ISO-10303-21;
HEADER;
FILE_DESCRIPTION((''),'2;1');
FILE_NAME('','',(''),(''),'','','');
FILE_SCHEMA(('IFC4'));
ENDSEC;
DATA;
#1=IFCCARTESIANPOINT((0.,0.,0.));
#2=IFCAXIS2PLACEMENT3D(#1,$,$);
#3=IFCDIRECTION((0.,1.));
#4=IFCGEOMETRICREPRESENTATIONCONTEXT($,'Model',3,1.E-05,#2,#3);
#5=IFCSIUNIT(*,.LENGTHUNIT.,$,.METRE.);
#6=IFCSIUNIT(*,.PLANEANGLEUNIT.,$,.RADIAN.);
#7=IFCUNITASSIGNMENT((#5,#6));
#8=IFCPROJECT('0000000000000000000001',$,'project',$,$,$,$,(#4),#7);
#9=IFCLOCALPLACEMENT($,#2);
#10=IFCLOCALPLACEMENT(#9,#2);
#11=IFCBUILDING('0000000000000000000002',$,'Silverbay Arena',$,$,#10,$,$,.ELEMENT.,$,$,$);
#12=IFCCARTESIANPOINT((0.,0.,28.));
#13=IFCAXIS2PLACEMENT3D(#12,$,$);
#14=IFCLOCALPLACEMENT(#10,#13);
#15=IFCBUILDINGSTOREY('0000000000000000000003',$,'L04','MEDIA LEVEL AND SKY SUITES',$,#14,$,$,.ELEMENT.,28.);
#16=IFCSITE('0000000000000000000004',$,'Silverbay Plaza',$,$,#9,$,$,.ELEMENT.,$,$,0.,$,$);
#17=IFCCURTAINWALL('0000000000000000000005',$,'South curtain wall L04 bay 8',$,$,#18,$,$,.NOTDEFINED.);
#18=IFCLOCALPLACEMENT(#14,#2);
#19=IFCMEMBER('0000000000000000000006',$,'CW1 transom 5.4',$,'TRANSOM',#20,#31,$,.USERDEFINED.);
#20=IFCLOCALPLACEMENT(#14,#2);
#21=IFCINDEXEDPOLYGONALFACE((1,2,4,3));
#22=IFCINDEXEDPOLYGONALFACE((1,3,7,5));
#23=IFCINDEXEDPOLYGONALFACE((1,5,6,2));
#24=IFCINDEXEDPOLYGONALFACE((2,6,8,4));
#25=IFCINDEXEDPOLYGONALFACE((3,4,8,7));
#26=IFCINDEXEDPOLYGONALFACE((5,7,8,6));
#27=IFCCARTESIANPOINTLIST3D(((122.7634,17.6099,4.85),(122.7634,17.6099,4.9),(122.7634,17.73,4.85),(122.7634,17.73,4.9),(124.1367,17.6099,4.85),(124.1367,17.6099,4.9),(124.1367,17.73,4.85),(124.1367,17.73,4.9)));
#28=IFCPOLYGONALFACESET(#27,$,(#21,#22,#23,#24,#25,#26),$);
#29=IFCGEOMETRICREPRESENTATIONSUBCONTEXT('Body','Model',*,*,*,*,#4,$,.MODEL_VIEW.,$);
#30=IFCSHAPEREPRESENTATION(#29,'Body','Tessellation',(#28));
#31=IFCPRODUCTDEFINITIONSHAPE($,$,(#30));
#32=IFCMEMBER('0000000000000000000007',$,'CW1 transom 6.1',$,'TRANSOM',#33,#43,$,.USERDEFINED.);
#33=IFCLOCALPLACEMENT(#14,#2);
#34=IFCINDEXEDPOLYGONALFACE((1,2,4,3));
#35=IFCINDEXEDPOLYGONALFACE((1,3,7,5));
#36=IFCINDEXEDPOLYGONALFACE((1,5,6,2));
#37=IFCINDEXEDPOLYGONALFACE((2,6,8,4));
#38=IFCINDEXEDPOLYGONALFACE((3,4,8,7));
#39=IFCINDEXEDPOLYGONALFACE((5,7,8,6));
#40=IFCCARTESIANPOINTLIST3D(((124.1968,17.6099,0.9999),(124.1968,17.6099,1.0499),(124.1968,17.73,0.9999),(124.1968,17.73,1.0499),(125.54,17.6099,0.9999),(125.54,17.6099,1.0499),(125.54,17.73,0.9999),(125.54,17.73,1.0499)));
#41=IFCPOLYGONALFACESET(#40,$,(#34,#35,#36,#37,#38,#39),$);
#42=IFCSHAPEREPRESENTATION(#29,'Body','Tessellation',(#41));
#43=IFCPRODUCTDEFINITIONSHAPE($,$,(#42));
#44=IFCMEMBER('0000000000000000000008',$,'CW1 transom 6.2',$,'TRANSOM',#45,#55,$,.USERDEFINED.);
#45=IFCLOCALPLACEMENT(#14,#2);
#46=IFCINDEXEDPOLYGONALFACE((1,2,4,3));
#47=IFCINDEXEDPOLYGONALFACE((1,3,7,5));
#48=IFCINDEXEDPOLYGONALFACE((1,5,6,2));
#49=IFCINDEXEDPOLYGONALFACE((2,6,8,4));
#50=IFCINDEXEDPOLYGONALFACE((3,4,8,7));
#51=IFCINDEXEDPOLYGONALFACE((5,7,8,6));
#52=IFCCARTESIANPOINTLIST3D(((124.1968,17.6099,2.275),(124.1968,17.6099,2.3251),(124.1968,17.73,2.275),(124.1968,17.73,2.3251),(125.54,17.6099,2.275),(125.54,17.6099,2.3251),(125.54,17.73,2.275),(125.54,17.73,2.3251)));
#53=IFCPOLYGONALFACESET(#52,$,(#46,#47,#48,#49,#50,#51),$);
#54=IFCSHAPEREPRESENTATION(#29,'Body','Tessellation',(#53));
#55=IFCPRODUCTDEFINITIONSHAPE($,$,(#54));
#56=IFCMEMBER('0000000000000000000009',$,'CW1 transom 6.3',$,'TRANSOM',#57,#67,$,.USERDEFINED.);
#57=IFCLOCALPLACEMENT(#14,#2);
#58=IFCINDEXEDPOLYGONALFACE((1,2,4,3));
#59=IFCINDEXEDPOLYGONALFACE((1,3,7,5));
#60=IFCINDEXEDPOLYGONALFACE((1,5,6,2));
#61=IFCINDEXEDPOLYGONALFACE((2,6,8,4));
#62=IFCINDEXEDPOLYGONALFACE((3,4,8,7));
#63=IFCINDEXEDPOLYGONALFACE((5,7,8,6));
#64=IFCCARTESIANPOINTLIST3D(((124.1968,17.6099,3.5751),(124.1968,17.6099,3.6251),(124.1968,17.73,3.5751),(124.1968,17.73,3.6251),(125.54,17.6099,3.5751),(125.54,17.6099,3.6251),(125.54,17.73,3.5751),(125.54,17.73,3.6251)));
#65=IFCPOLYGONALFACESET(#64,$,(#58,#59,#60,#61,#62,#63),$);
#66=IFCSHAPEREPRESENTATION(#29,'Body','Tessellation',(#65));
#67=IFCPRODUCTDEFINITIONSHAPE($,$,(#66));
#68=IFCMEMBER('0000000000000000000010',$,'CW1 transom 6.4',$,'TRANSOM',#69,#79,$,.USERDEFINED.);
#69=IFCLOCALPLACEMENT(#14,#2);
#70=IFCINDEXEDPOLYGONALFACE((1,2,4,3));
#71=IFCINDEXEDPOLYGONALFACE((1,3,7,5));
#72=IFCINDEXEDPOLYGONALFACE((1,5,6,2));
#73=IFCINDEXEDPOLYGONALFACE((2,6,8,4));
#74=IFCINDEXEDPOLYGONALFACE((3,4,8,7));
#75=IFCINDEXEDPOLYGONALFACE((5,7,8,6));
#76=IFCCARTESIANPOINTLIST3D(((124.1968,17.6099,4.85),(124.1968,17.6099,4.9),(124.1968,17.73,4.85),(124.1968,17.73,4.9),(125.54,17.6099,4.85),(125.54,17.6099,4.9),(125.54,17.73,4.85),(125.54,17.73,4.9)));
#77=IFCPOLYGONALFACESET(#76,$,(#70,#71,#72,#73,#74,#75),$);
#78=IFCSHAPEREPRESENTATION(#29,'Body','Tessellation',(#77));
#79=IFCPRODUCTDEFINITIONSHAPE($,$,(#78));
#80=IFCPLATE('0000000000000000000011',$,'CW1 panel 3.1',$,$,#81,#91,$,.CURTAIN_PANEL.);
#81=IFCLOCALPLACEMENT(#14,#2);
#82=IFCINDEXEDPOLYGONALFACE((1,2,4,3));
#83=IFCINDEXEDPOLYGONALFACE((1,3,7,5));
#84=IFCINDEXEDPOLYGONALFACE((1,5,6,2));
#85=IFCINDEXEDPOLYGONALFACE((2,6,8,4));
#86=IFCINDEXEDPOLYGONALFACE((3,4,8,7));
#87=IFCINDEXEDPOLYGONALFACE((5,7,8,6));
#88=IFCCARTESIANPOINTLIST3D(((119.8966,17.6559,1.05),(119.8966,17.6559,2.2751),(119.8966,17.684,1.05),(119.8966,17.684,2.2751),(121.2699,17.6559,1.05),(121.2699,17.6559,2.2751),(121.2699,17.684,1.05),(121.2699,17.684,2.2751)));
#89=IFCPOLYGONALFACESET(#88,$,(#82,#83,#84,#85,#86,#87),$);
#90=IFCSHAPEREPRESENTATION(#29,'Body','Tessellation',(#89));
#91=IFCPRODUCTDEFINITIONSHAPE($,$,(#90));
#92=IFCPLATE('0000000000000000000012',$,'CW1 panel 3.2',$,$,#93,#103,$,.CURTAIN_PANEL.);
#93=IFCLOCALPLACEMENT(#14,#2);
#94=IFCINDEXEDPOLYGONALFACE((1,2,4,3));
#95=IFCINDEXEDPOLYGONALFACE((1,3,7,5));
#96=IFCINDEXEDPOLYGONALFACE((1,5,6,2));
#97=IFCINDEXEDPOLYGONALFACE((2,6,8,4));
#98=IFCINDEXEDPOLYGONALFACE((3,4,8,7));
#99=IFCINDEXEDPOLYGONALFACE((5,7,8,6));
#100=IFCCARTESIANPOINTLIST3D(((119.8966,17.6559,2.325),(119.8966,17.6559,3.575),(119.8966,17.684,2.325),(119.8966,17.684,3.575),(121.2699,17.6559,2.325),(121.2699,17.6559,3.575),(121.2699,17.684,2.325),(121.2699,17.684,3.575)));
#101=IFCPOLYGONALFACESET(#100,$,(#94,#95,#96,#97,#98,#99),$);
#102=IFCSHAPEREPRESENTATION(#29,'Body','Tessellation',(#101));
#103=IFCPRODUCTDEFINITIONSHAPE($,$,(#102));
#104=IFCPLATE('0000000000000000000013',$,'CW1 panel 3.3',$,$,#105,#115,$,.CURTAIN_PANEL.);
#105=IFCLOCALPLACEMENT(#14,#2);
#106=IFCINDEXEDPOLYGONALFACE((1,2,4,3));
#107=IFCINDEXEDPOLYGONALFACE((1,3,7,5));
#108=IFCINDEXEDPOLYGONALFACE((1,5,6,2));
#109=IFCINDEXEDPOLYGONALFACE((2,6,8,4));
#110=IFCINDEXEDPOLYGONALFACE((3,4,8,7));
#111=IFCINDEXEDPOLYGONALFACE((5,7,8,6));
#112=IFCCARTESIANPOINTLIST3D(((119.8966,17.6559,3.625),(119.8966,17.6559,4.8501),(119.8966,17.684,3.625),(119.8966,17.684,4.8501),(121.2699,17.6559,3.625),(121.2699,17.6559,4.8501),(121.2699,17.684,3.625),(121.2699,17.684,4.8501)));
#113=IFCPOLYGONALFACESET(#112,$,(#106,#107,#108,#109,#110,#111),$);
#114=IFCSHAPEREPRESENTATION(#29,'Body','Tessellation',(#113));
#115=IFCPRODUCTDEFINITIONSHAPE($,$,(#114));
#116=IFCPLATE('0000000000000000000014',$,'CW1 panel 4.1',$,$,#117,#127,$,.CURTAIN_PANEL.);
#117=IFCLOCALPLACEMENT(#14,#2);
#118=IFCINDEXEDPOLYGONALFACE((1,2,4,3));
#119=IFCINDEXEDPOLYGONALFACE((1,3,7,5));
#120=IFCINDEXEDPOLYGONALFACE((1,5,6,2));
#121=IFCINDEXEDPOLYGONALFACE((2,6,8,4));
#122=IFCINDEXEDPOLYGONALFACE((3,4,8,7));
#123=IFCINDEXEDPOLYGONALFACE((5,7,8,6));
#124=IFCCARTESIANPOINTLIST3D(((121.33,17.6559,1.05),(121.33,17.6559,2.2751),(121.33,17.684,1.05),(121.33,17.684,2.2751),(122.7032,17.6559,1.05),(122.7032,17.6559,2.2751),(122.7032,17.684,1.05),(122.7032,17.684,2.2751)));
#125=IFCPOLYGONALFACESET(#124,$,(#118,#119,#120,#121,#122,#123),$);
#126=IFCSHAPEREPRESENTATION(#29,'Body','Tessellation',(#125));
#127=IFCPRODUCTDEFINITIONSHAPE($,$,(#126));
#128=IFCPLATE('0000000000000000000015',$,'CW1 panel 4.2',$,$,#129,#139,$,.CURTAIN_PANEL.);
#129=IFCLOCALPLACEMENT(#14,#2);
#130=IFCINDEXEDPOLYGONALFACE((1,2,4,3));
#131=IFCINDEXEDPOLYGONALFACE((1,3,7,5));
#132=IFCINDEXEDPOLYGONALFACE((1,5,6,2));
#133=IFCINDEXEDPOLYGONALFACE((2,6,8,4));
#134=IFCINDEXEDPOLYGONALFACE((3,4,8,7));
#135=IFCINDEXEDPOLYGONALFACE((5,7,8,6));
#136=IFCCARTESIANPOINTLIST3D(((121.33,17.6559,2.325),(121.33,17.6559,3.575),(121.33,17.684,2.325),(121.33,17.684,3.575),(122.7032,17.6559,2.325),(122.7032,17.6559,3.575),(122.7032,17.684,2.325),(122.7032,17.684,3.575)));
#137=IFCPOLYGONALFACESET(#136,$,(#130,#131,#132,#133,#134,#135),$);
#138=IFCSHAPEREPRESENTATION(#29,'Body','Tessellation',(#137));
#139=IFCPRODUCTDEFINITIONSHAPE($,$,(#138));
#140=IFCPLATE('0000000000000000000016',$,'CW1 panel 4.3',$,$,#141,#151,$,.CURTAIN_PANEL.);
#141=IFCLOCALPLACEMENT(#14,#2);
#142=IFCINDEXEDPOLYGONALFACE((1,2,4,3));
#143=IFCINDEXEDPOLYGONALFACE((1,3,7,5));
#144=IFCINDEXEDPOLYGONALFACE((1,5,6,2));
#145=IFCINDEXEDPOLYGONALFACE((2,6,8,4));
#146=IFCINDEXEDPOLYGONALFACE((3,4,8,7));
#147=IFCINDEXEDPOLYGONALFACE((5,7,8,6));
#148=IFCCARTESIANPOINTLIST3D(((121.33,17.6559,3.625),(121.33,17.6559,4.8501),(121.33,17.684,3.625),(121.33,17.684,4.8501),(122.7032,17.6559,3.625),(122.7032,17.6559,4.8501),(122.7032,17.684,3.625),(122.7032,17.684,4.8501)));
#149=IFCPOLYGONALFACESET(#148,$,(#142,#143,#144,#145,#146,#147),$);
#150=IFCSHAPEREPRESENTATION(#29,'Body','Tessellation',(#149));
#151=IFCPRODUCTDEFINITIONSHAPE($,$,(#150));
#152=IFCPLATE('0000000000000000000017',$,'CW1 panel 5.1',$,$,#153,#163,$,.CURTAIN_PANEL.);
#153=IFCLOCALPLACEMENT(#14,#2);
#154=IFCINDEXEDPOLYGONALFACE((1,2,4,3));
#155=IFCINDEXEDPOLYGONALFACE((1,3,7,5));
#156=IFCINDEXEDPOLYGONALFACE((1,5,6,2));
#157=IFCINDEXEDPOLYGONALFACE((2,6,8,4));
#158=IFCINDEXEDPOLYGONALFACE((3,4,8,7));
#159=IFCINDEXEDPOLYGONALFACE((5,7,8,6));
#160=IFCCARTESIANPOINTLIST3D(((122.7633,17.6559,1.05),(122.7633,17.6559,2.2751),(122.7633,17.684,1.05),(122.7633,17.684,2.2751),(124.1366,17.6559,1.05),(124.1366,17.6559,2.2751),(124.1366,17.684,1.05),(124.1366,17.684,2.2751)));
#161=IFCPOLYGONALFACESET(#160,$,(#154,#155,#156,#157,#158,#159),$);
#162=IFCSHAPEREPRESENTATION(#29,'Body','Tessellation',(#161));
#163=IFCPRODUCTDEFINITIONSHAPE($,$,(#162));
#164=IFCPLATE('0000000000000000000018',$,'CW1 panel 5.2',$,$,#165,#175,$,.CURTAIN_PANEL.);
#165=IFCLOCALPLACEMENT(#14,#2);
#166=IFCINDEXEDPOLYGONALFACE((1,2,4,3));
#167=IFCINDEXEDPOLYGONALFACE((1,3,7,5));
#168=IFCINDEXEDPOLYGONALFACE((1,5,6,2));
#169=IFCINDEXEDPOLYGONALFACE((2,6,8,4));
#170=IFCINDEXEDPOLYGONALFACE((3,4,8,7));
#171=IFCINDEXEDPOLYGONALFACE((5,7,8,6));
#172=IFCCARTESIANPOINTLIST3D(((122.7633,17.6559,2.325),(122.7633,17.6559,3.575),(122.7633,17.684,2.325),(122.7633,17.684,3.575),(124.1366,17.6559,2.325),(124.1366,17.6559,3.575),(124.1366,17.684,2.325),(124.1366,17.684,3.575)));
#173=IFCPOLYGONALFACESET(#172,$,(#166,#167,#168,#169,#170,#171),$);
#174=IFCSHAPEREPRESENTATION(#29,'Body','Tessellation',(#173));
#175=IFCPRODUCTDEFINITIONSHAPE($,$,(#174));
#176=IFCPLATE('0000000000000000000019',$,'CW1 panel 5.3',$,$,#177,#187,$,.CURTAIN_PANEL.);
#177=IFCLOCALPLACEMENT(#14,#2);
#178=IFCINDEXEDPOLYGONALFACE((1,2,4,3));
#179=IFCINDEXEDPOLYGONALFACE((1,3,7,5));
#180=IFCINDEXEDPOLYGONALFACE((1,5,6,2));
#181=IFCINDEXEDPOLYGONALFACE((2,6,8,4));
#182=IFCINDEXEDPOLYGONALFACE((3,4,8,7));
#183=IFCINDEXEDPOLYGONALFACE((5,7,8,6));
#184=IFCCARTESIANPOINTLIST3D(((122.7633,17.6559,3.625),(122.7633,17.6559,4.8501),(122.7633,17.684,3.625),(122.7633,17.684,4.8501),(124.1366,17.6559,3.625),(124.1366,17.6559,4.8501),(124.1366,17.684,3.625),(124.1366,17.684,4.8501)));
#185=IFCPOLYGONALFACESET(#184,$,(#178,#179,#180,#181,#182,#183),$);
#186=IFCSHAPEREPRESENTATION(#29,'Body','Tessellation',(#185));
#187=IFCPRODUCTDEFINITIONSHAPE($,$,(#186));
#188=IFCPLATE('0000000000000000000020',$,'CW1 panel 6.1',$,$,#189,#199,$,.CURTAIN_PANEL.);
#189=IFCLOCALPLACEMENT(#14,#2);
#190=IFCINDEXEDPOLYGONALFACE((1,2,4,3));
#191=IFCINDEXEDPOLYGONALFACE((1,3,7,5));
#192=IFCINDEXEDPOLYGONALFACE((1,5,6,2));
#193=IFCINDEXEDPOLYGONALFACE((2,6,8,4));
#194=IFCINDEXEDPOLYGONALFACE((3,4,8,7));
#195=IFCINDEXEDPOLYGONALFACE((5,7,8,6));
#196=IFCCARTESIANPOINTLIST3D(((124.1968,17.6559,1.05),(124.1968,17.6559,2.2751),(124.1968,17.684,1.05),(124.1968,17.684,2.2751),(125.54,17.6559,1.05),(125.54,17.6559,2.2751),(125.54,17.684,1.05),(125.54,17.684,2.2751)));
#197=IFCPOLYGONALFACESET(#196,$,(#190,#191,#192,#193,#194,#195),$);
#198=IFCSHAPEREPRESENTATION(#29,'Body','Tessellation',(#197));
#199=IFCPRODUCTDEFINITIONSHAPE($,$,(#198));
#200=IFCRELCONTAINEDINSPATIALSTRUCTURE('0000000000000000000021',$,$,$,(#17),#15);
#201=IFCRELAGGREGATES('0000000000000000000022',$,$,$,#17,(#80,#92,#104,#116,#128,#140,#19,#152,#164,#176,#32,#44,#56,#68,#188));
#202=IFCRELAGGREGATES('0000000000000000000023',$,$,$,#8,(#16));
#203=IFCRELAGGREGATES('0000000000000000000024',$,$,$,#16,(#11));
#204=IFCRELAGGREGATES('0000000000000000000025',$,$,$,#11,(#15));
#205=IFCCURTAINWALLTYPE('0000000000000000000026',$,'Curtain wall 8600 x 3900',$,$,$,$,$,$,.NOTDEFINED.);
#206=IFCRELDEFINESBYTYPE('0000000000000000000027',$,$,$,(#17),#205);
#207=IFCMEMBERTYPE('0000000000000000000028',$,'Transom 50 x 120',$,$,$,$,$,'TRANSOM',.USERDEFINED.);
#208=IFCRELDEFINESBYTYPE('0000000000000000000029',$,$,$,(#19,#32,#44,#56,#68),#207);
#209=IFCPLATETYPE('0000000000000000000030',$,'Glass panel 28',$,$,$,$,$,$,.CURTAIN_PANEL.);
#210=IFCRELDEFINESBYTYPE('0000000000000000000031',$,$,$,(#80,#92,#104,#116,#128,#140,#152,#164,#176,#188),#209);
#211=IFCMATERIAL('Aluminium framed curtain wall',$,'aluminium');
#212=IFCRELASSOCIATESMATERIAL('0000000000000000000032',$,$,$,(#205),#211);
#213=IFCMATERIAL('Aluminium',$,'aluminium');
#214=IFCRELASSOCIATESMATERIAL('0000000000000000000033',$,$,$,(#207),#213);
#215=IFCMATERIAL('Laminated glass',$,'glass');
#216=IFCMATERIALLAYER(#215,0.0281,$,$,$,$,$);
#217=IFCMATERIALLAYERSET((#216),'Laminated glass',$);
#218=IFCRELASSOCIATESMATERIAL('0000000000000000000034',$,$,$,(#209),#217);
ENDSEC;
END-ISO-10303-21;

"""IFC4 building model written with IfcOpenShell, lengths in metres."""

from ifc_helpers import new_model, si_unit, direction, frame, origin, origin_2d, place, context, subcontext, project, spatial, rectangle, extrude, material, layer, layer_set, material_profile, profile_set, type_object, element, aggregate, save


model = new_model("IFC4")

# Units and contexts
model_context = context("Model", 3, precision=1e-05, world=origin(), true_north=direction((0.0, 1.0)))
body_context = subcontext(model_context, "Body", "Model", "MODEL_VIEW")
ifc_project = project(units=[si_unit("LENGTHUNIT", "METRE"), si_unit("PLANEANGLEUNIT", "RADIAN")], contexts=[model_context])

# Site, building, storey
site_placement = place(None, origin())
site = spatial("IfcSite", under=ifc_project, at=site_placement, Name="Silverbay Plaza", CompositionType="ELEMENT", RefElevation=0.0)
building_placement = place(site_placement, origin())
building = spatial("IfcBuilding", under=site, at=building_placement, Name="Silverbay Arena", CompositionType="ELEMENT")
storey_placement = place(building_placement, frame((0.0, 0.0, 28.0)))
storey = spatial("IfcBuildingStorey", under=building, at=storey_placement, Name="L04", Description="MEDIA LEVEL AND SKY SUITES", CompositionType="ELEMENT", Elevation=28.0)

# Curtain wall, members, plates
ifc_material_1 = material(Name="Aluminium framed curtain wall", Category="aluminium")
curtain_wall_type = type_object("IfcCurtainWallType", Name="Curtain wall 8600 x 3900", PredefinedType="NOTDEFINED", material=ifc_material_1)
curtain_wall_placement = place(storey_placement, origin())
curtain_wall = element("IfcCurtainWall", 1, at=curtain_wall_placement, inside=storey, type_object=curtain_wall_type, Name="South curtain wall L04 bay 8", PredefinedType="NOTDEFINED")
ifc_material_2 = material(Name="Aluminium", Category="aluminium")
ifc_material_profile_1 = material_profile(ifc_material_2, rectangle(XDim=0.1201, YDim=0.05, at=origin_2d()), Name="Transom 50 x 120")
ifc_profile_set_1 = profile_set([ifc_material_profile_1], Name="Aluminium")
member_type_1 = type_object("IfcMemberType", Name="Transom 50 x 120", ElementType="TRANSOM", PredefinedType="USERDEFINED", material=ifc_profile_set_1)
member_1_placement = place(storey_placement, frame((122.7634, 17.6699, 4.875), z_axis=(1.0, 0.0, 0.0), x_axis=(0.0, 1.0, 0.0)))
member_1 = element("IfcMember", 2, at=member_1_placement, type_object=member_type_1, Name="CW1 transom 5.4", ObjectType="TRANSOM", PredefinedType="USERDEFINED", context=body_context, shape_type="SweptSolid", body=[
    extrude(rectangle(XDim=0.1201, YDim=0.05, at=origin_2d()), origin(), (0.0, 0.0, 1.0), 1.3733),
])
member_2_placement = place(storey_placement, frame((124.1968, 17.6699, 1.0249), z_axis=(1.0, 0.0, 0.0), x_axis=(0.0, 1.0, 0.0)))
member_2 = element("IfcMember", 3, at=member_2_placement, type_object=member_type_1, Name="CW1 transom 6.1", ObjectType="TRANSOM", PredefinedType="USERDEFINED", context=body_context, shape_type="SweptSolid", body=[
    extrude(rectangle(XDim=0.1201, YDim=0.05, at=origin_2d()), origin(), (0.0, 0.0, 1.0), 1.3433),
])
member_3_placement = place(storey_placement, frame((124.1968, 17.6699, 2.3), z_axis=(1.0, 0.0, 0.0), x_axis=(0.0, 1.0, 0.0)))
member_3 = element("IfcMember", 4, at=member_3_placement, type_object=member_type_1, Name="CW1 transom 6.2", ObjectType="TRANSOM", PredefinedType="USERDEFINED", context=body_context, shape_type="SweptSolid", body=[
    extrude(rectangle(XDim=0.1201, YDim=0.05, at=origin_2d()), origin(), (0.0, 0.0, 1.0), 1.3433),
])
member_4_placement = place(storey_placement, frame((124.1968, 17.6699, 3.6001), z_axis=(1.0, 0.0, 0.0), x_axis=(0.0, 1.0, 0.0)))
member_4 = element("IfcMember", 5, at=member_4_placement, type_object=member_type_1, Name="CW1 transom 6.3", ObjectType="TRANSOM", PredefinedType="USERDEFINED", context=body_context, shape_type="SweptSolid", body=[
    extrude(rectangle(XDim=0.1201, YDim=0.05, at=origin_2d()), origin(), (0.0, 0.0, 1.0), 1.3433),
])
member_5_placement = place(storey_placement, frame((124.1968, 17.6699, 4.875), z_axis=(1.0, 0.0, 0.0), x_axis=(0.0, 1.0, 0.0)))
member_5 = element("IfcMember", 6, at=member_5_placement, type_object=member_type_1, Name="CW1 transom 6.4", ObjectType="TRANSOM", PredefinedType="USERDEFINED", context=body_context, shape_type="SweptSolid", body=[
    extrude(rectangle(XDim=0.1201, YDim=0.05, at=origin_2d()), origin(), (0.0, 0.0, 1.0), 1.3433),
])
ifc_material_3 = material(Name="Laminated glass", Category="glass")
ifc_layer = layer(ifc_material_3, 0.0281)
ifc_layer_set = layer_set([ifc_layer], Name="Laminated glass")
plate_type = type_object("IfcPlateType", Name="Glass panel 28", PredefinedType="CURTAIN_PANEL", material=ifc_layer_set)
plate_1_placement = place(storey_placement, frame((120.5833, 17.6699, 1.05), z_axis=(0.0, 0.0, 1.0), x_axis=(1.0, 0.0, 0.0)))
plate_1 = element("IfcPlate", 7, at=plate_1_placement, type_object=plate_type, Name="CW1 panel 3.1", PredefinedType="CURTAIN_PANEL", context=body_context, shape_type="SweptSolid", body=[
    extrude(rectangle(XDim=1.3733, YDim=0.0281, at=origin_2d()), origin(), (0.0, 0.0, 1.0), 1.2251),
])
plate_2_placement = place(storey_placement, frame((120.5833, 17.6699, 2.325), z_axis=(0.0, 0.0, 1.0), x_axis=(1.0, 0.0, 0.0)))
plate_2 = element("IfcPlate", 8, at=plate_2_placement, type_object=plate_type, Name="CW1 panel 3.2", PredefinedType="CURTAIN_PANEL", context=body_context, shape_type="SweptSolid", body=[
    extrude(rectangle(XDim=1.3733, YDim=0.0281, at=origin_2d()), origin(), (0.0, 0.0, 1.0), 1.25),
])
plate_3_placement = place(storey_placement, frame((120.5833, 17.6699, 3.625), z_axis=(0.0, 0.0, 1.0), x_axis=(1.0, 0.0, 0.0)))
plate_3 = element("IfcPlate", 9, at=plate_3_placement, type_object=plate_type, Name="CW1 panel 3.3", PredefinedType="CURTAIN_PANEL", context=body_context, shape_type="SweptSolid", body=[
    extrude(rectangle(XDim=1.3733, YDim=0.0281, at=origin_2d()), origin(), (0.0, 0.0, 1.0), 1.2251),
])
plate_4_placement = place(storey_placement, frame((122.0166, 17.6699, 1.05), z_axis=(0.0, 0.0, 1.0), x_axis=(1.0, 0.0, 0.0)))
plate_4 = element("IfcPlate", 10, at=plate_4_placement, type_object=plate_type, Name="CW1 panel 4.1", PredefinedType="CURTAIN_PANEL", context=body_context, shape_type="SweptSolid", body=[
    extrude(rectangle(XDim=1.3733, YDim=0.0281, at=origin_2d()), origin(), (0.0, 0.0, 1.0), 1.2251),
])
plate_5_placement = place(storey_placement, frame((122.0166, 17.6699, 2.325), z_axis=(0.0, 0.0, 1.0), x_axis=(1.0, 0.0, 0.0)))
plate_5 = element("IfcPlate", 11, at=plate_5_placement, type_object=plate_type, Name="CW1 panel 4.2", PredefinedType="CURTAIN_PANEL", context=body_context, shape_type="SweptSolid", body=[
    extrude(rectangle(XDim=1.3733, YDim=0.0281, at=origin_2d()), origin(), (0.0, 0.0, 1.0), 1.25),
])
plate_6_placement = place(storey_placement, frame((122.0166, 17.6699, 3.625), z_axis=(0.0, 0.0, 1.0), x_axis=(1.0, 0.0, 0.0)))
plate_6 = element("IfcPlate", 12, at=plate_6_placement, type_object=plate_type, Name="CW1 panel 4.3", PredefinedType="CURTAIN_PANEL", context=body_context, shape_type="SweptSolid", body=[
    extrude(rectangle(XDim=1.3733, YDim=0.0281, at=origin_2d()), origin(), (0.0, 0.0, 1.0), 1.2251),
])
plate_7_placement = place(storey_placement, frame((123.45, 17.6699, 1.05), z_axis=(0.0, 0.0, 1.0), x_axis=(1.0, 0.0, 0.0)))
plate_7 = element("IfcPlate", 13, at=plate_7_placement, type_object=plate_type, Name="CW1 panel 5.1", PredefinedType="CURTAIN_PANEL", context=body_context, shape_type="SweptSolid", body=[
    extrude(rectangle(XDim=1.3733, YDim=0.0281, at=origin_2d()), origin(), (0.0, 0.0, 1.0), 1.2251),
])
plate_8_placement = place(storey_placement, frame((123.45, 17.6699, 2.325), z_axis=(0.0, 0.0, 1.0), x_axis=(1.0, 0.0, 0.0)))
plate_8 = element("IfcPlate", 14, at=plate_8_placement, type_object=plate_type, Name="CW1 panel 5.2", PredefinedType="CURTAIN_PANEL", context=body_context, shape_type="SweptSolid", body=[
    extrude(rectangle(XDim=1.3733, YDim=0.0281, at=origin_2d()), origin(), (0.0, 0.0, 1.0), 1.25),
])
plate_9_placement = place(storey_placement, frame((123.45, 17.6699, 3.625), z_axis=(0.0, 0.0, 1.0), x_axis=(1.0, 0.0, 0.0)))
plate_9 = element("IfcPlate", 15, at=plate_9_placement, type_object=plate_type, Name="CW1 panel 5.3", PredefinedType="CURTAIN_PANEL", context=body_context, shape_type="SweptSolid", body=[
    extrude(rectangle(XDim=1.3733, YDim=0.0281, at=origin_2d()), origin(), (0.0, 0.0, 1.0), 1.2251),
])
plate_10_placement = place(storey_placement, frame((124.8684, 17.6699, 1.05), z_axis=(0.0, 0.0, 1.0), x_axis=(1.0, 0.0, 0.0)))
plate_10 = element("IfcPlate", 16, at=plate_10_placement, type_object=plate_type, Name="CW1 panel 6.1", PredefinedType="CURTAIN_PANEL", context=body_context, shape_type="SweptSolid", body=[
    extrude(rectangle(XDim=1.3433, YDim=0.0281, at=origin_2d()), origin(), (0.0, 0.0, 1.0), 1.2251),
])
aggregate(curtain_wall, [plate_1, plate_2, plate_3, plate_4, plate_5, plate_6, member_1, plate_7, plate_8, plate_9, member_2, member_3, member_4, member_5, plate_10])

save(model, "model.ifc")
